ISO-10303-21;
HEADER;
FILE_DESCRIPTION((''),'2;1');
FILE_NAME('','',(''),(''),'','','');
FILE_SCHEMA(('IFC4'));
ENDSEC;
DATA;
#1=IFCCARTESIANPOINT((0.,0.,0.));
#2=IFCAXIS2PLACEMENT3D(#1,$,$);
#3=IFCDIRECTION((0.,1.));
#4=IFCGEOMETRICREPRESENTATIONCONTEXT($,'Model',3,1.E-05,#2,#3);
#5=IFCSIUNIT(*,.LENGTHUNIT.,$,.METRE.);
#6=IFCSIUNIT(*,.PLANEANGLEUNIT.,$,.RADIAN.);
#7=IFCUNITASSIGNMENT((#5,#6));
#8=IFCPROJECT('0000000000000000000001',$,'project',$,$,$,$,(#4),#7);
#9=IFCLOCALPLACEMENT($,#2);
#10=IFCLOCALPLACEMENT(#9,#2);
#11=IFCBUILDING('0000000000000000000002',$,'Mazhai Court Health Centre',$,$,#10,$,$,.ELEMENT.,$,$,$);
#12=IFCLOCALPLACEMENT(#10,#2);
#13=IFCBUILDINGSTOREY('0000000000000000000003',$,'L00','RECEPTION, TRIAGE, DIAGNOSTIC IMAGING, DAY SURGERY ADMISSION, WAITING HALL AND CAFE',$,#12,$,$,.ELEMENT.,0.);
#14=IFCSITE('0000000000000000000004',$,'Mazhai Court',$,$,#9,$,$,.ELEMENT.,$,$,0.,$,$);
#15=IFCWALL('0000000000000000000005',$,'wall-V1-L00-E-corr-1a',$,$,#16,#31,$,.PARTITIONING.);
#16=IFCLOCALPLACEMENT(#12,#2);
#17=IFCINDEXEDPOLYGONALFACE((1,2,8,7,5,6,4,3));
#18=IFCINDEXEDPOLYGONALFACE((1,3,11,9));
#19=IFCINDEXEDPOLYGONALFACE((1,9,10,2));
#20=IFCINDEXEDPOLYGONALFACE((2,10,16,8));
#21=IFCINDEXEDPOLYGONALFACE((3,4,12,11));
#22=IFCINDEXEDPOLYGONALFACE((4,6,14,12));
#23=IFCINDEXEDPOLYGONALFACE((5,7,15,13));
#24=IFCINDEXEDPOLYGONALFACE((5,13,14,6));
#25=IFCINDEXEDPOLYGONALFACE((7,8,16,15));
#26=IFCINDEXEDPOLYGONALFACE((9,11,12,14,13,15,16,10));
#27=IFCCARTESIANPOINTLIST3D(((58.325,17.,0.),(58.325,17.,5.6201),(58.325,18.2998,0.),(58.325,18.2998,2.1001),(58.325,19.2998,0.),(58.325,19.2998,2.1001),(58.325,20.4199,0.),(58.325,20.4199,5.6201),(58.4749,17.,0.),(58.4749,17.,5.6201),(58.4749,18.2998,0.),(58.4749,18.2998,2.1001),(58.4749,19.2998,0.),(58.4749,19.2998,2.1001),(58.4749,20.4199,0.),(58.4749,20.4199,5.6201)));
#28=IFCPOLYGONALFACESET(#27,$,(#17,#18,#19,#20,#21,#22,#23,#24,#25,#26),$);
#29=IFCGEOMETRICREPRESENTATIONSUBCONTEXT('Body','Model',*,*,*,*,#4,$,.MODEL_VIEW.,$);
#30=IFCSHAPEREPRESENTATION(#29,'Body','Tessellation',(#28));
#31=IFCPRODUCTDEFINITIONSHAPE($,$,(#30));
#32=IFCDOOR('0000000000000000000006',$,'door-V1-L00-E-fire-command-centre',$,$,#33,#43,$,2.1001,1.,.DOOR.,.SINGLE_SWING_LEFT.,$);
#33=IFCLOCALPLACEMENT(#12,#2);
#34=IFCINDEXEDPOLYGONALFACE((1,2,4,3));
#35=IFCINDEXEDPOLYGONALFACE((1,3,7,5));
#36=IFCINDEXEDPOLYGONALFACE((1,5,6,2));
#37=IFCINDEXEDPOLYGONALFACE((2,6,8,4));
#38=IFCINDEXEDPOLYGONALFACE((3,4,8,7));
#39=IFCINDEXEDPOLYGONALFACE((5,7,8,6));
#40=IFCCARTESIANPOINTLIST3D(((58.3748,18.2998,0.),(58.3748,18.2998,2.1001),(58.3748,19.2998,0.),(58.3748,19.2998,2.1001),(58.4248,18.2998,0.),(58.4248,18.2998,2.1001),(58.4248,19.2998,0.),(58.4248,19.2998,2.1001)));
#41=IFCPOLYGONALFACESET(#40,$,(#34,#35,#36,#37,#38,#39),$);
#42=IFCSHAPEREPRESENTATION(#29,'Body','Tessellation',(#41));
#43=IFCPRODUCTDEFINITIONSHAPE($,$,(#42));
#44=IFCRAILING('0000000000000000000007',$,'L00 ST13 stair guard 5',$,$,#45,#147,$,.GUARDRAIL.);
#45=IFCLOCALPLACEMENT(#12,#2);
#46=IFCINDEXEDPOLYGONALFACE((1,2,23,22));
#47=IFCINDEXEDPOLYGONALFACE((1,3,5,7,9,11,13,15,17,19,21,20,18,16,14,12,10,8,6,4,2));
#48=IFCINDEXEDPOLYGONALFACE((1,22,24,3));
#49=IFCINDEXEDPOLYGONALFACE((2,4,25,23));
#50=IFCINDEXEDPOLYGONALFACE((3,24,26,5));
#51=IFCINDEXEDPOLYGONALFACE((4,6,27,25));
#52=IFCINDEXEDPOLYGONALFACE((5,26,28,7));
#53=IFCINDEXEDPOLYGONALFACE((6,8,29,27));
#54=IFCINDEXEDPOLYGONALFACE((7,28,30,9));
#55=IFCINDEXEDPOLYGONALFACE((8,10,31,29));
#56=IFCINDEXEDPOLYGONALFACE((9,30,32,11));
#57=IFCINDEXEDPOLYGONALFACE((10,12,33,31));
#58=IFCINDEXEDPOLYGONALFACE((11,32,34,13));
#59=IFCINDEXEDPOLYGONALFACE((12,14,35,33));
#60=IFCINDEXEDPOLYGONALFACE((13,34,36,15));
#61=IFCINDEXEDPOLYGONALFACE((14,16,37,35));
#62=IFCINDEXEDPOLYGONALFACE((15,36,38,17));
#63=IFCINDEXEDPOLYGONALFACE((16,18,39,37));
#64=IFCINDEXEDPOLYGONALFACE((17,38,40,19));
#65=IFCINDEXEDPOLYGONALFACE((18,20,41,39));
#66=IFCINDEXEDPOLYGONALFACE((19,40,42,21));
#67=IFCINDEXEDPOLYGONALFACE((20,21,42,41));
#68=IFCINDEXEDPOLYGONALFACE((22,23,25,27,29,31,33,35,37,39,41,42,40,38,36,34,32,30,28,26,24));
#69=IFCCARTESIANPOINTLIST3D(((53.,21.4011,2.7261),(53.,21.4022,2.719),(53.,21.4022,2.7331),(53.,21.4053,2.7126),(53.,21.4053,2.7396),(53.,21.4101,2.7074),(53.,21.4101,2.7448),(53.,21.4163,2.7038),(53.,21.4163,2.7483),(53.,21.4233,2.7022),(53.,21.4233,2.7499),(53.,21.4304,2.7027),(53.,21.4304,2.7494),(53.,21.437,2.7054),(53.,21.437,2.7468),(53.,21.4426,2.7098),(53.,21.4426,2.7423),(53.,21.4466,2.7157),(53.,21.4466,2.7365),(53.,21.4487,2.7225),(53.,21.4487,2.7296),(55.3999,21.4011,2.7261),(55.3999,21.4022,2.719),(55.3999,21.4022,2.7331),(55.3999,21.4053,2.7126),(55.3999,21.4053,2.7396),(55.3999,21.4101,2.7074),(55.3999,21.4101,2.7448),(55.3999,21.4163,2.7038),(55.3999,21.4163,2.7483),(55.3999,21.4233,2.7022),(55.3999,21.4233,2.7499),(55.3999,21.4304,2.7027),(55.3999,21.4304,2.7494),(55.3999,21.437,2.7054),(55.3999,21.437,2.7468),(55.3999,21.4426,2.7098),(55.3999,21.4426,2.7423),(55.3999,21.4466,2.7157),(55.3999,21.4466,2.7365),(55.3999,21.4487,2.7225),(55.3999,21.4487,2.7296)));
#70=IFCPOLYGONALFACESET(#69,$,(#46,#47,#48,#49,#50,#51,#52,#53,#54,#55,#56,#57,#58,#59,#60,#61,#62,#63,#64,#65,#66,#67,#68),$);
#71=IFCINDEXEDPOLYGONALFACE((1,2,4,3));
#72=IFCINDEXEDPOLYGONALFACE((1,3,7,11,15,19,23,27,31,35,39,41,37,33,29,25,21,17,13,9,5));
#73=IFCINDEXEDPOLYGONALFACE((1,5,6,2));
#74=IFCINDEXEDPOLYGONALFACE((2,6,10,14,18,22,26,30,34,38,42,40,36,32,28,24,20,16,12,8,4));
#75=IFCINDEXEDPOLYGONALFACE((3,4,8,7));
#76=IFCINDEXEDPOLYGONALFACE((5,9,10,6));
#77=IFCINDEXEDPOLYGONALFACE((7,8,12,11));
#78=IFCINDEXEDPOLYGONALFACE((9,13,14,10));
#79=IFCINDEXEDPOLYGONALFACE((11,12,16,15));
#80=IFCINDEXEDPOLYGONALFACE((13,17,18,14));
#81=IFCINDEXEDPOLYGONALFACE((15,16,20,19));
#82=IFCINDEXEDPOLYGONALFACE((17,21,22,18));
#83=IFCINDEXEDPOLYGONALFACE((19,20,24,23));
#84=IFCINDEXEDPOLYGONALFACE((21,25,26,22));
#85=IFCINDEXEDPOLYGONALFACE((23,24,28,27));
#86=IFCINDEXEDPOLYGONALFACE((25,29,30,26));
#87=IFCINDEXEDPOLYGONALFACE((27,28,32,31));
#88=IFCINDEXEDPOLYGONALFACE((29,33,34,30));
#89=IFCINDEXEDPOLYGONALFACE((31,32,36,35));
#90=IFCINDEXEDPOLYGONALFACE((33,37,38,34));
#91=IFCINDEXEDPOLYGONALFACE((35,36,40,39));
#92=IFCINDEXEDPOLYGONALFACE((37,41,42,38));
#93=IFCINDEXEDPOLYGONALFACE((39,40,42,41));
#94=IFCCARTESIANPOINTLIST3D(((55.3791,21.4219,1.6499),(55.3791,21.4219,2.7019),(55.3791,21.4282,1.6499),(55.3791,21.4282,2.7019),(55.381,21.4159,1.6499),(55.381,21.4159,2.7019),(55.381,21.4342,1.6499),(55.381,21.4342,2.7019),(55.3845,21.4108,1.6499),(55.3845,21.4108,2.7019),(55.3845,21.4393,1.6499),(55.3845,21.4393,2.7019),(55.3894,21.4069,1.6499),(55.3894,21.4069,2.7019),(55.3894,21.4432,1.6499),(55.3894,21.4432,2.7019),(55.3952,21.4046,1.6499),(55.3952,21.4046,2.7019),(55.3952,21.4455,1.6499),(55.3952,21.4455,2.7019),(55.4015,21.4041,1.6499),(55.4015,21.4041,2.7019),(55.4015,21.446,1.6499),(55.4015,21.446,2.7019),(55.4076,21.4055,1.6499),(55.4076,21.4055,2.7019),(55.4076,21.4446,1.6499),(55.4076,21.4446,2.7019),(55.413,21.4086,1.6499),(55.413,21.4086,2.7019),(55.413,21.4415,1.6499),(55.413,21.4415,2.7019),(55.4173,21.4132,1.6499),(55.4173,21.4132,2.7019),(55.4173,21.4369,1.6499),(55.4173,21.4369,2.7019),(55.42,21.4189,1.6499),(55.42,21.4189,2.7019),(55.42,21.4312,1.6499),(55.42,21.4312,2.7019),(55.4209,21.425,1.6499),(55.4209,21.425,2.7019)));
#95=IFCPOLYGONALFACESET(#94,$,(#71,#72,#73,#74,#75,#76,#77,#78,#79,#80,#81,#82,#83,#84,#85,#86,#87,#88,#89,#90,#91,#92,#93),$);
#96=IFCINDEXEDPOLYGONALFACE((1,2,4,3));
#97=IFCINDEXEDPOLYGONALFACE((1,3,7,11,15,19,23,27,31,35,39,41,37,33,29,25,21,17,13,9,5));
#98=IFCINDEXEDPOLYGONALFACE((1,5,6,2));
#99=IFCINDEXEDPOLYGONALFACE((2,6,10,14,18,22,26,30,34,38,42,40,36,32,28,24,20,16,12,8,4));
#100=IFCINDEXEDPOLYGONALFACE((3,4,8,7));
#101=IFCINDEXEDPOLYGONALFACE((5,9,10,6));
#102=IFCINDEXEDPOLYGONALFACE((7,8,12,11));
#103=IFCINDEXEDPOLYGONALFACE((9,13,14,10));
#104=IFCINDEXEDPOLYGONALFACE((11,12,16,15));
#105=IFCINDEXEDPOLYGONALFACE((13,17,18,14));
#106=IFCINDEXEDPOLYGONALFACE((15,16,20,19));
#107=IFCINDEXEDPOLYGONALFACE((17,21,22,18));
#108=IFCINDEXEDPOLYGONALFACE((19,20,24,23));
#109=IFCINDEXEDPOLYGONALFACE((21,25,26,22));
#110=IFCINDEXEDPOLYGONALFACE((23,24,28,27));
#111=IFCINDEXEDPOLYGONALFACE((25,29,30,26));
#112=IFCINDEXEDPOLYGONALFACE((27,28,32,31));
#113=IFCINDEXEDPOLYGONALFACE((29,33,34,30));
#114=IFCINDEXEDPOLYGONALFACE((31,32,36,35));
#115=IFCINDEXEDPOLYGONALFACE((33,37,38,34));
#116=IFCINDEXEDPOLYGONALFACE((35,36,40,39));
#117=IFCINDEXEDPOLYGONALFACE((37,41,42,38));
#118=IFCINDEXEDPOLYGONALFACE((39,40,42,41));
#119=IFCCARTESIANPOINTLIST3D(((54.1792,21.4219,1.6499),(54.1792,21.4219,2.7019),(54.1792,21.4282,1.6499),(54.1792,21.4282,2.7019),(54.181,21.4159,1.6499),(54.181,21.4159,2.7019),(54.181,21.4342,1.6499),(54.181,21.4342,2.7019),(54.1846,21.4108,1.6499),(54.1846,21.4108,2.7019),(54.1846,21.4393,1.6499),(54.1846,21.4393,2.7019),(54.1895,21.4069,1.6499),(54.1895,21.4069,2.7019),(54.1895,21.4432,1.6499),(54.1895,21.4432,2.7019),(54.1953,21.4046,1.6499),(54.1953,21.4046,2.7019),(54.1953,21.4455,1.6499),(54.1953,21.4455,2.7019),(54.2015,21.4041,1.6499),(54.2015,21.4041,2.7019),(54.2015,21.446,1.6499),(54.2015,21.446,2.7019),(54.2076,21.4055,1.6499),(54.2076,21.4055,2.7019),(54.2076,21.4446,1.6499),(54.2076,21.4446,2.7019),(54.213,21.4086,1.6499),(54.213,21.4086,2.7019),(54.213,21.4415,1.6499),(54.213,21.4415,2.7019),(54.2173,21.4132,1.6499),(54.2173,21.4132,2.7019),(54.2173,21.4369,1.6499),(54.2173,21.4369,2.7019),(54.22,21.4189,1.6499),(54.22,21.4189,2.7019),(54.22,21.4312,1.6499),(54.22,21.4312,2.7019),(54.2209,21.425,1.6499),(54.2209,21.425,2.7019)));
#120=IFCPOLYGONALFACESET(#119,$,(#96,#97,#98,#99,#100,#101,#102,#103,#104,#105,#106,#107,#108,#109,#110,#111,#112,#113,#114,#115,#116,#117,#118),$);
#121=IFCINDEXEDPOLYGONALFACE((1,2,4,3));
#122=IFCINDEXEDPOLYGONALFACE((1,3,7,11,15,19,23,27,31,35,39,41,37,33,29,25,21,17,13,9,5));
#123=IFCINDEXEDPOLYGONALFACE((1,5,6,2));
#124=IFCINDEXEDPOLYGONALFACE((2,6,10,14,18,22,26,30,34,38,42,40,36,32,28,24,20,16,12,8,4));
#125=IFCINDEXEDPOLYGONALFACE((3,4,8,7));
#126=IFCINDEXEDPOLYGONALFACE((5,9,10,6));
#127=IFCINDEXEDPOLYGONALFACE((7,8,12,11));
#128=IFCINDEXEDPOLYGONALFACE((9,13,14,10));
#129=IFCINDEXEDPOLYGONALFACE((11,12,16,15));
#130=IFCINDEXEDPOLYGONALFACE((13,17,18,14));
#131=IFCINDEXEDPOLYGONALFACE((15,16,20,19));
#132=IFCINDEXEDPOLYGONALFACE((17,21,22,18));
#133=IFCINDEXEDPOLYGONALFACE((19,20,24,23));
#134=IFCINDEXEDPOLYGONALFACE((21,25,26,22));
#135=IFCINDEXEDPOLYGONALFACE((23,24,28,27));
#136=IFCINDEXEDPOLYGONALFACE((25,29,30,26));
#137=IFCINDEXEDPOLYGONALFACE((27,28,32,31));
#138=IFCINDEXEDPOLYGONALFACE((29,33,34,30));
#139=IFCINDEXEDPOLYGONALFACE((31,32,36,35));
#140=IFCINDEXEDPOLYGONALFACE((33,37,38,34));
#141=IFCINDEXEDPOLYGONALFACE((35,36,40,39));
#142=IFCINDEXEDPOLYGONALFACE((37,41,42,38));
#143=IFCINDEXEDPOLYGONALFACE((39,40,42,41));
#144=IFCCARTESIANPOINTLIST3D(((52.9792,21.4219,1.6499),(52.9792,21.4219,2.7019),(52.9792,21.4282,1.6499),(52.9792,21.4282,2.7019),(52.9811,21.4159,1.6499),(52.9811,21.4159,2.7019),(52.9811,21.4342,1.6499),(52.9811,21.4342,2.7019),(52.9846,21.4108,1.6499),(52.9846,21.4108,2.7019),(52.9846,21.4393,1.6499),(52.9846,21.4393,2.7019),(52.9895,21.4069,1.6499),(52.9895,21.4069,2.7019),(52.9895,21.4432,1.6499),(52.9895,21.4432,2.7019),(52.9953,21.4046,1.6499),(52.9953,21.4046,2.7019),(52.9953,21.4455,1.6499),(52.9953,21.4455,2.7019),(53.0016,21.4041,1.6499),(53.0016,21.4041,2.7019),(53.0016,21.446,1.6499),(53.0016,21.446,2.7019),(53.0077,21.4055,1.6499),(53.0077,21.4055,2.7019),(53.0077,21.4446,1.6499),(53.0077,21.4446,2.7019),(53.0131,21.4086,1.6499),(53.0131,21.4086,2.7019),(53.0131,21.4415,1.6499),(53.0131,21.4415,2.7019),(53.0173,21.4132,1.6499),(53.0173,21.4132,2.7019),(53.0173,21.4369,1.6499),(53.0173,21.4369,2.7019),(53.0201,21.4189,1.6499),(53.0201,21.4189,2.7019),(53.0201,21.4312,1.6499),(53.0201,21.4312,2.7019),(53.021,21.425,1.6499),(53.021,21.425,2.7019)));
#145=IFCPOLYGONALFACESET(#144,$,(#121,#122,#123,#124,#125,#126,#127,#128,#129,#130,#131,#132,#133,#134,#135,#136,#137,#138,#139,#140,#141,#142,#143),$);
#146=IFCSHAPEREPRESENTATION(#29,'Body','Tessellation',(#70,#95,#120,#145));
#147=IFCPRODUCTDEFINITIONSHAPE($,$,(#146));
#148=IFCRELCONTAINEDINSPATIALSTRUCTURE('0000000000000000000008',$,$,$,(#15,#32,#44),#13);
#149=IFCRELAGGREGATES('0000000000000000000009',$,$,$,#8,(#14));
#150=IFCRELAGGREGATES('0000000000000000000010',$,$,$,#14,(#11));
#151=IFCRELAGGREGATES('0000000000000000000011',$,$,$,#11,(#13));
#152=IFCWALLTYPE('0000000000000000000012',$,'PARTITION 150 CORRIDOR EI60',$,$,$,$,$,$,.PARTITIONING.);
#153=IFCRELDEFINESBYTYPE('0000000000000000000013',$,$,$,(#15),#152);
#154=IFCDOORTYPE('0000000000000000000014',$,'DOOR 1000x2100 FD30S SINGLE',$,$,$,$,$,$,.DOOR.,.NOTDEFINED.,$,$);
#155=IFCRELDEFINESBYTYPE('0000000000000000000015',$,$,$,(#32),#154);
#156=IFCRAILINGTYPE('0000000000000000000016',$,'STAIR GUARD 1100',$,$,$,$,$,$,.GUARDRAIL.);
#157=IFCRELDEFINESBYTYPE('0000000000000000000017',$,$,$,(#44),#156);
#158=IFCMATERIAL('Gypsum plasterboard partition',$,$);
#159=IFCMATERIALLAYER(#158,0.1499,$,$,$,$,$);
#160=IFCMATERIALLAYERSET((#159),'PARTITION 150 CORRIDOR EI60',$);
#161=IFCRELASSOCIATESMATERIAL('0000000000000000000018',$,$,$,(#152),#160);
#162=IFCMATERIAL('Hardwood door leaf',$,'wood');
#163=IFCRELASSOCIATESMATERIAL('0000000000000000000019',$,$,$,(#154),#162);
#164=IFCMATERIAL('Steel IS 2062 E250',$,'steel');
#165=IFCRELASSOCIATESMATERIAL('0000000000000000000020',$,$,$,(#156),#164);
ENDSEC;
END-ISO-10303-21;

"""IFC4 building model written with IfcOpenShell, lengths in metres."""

from ifc_helpers import new_model, si_unit, direction, frame, frame_2d, origin, origin_2d, place, context, subcontext, project, spatial, rectangle, circle, extrude, material, layer, layer_set, type_object, element, fill, save


model = new_model("IFC4")

# Units and contexts
model_context = context("Model", 3, precision=1e-05, world=origin(), true_north=direction((0.0, 1.0)))
body_context = subcontext(model_context, "Body", "Model", "MODEL_VIEW")
ifc_project = project(units=[si_unit("LENGTHUNIT", "METRE"), si_unit("PLANEANGLEUNIT", "RADIAN")], contexts=[model_context])

# Site, building, storey
site_placement = place(None, origin())
site = spatial("IfcSite", under=ifc_project, at=site_placement, Name="Mazhai Court", CompositionType="ELEMENT", RefElevation=0.0)
building_placement = place(site_placement, origin())
building = spatial("IfcBuilding", under=site, at=building_placement, Name="Mazhai Court Health Centre", CompositionType="ELEMENT")
storey_placement = place(building_placement, origin())
storey = spatial("IfcBuildingStorey", under=building, at=storey_placement, Name="L00", Description="RECEPTION, TRIAGE, DIAGNOSTIC IMAGING, DAY SURGERY ADMISSION, WAITING HALL AND CAFE", CompositionType="ELEMENT", Elevation=0.0)

# Wall, opening, door
ifc_material_1 = material(Name="Gypsum plasterboard partition")
ifc_layer_1 = layer(ifc_material_1, 0.1499)
ifc_layer_set_1 = layer_set([ifc_layer_1], Name="PARTITION 150 CORRIDOR EI60")
wall_type = type_object("IfcWallType", Name="PARTITION 150 CORRIDOR EI60", PredefinedType="PARTITIONING", material=ifc_layer_set_1)
ifc_material_2 = material(Name="Hardwood door leaf", Category="wood")
door_type = type_object("IfcDoorType", Name="DOOR 1000x2100 FD30S SINGLE", OperationType="NOTDEFINED", PredefinedType="DOOR", material=ifc_material_2)
wall_1_placement = place(storey_placement, frame((58.3999, 20.4199, 0.0), z_axis=(0.0, 0.0, 1.0), x_axis=(0.0, -1.0, 0.0)))
wall_1 = element("IfcWall", 1, at=wall_1_placement, inside=storey, type_object=wall_type, Name="wall-V1-L00-E-corr-1a", PredefinedType="PARTITIONING", context=body_context, shape_type="SweptSolid", body=[
    extrude(rectangle(XDim=3.4199, YDim=0.1499, at=frame_2d((1.71, 0.0))), origin(), (0.0, 0.0, 1.0), 5.6201),
])
opening_1_placement = place(wall_1_placement, frame((1.1201, 0.0, 0.0)))
opening_1 = element("IfcOpeningElement", 2, at=opening_1_placement, cuts=wall_1, PredefinedType="OPENING", context=body_context, shape_type="SweptSolid", body=[
    extrude(rectangle(XDim=1.0, YDim=2.1001, at=frame_2d((0.5, 1.05))), frame((0.0, 0.085, 0.0), z_axis=(0.0, -1.0, 0.0), x_axis=(1.0, 0.0, 0.0)), (0.0, 0.0, 1.0), 0.1699),
])
door_1_placement = place(opening_1_placement, origin())
door_1 = element("IfcDoor", 3, at=door_1_placement, inside=storey, type_object=door_type, Name="door-V1-L00-E-fire-command-centre", OperationType="SINGLE_SWING_LEFT", OverallHeight=2.1001, OverallWidth=1.0, PredefinedType="DOOR", context=body_context, shape_type="SweptSolid", body=[
    extrude(rectangle(XDim=1.0, YDim=2.1001, at=frame_2d((0.5, 1.05))), frame((0.0, 0.0249, 0.0), z_axis=(0.0, -1.0, 0.0), x_axis=(1.0, 0.0, 0.0)), (0.0, 0.0, 1.0), 0.05),
])
fill(opening_1, door_1)

# Railing
ifc_material_3 = material(Name="Steel IS 2062 E250", Category="steel")
railing_type = type_object("IfcRailingType", Name="STAIR GUARD 1100", PredefinedType="GUARDRAIL", material=ifc_material_3)
railing_placement = place(storey_placement, frame((55.3999, 21.425, 1.6499)))
element("IfcRailing", 4, at=railing_placement, inside=storey, type_object=railing_type, Name="L00 ST13 stair guard 5", PredefinedType="GUARDRAIL", context=body_context, shape_type="SweptSolid", body=[
    extrude(circle(Radius=0.0239, at=origin_2d()), frame((0.0, 0.0, 1.0762), z_axis=(-1.0, 0.0, 0.0), x_axis=(0.0, -1.0, 0.0)), (0.0, 0.0, 1.0), 2.3999),
    extrude(circle(Radius=0.021, at=origin_2d()), origin(), (0.0, 0.0, 1.0), 1.052),
    extrude(circle(Radius=0.021, at=origin_2d()), frame((-1.2, 0.0, 0.0)), (0.0, 0.0, 1.0), 1.052),
    extrude(circle(Radius=0.021, at=origin_2d()), frame((-2.3999, 0.0, 0.0)), (0.0, 0.0, 1.0), 1.052),
])

save(model, "model.ifc")
